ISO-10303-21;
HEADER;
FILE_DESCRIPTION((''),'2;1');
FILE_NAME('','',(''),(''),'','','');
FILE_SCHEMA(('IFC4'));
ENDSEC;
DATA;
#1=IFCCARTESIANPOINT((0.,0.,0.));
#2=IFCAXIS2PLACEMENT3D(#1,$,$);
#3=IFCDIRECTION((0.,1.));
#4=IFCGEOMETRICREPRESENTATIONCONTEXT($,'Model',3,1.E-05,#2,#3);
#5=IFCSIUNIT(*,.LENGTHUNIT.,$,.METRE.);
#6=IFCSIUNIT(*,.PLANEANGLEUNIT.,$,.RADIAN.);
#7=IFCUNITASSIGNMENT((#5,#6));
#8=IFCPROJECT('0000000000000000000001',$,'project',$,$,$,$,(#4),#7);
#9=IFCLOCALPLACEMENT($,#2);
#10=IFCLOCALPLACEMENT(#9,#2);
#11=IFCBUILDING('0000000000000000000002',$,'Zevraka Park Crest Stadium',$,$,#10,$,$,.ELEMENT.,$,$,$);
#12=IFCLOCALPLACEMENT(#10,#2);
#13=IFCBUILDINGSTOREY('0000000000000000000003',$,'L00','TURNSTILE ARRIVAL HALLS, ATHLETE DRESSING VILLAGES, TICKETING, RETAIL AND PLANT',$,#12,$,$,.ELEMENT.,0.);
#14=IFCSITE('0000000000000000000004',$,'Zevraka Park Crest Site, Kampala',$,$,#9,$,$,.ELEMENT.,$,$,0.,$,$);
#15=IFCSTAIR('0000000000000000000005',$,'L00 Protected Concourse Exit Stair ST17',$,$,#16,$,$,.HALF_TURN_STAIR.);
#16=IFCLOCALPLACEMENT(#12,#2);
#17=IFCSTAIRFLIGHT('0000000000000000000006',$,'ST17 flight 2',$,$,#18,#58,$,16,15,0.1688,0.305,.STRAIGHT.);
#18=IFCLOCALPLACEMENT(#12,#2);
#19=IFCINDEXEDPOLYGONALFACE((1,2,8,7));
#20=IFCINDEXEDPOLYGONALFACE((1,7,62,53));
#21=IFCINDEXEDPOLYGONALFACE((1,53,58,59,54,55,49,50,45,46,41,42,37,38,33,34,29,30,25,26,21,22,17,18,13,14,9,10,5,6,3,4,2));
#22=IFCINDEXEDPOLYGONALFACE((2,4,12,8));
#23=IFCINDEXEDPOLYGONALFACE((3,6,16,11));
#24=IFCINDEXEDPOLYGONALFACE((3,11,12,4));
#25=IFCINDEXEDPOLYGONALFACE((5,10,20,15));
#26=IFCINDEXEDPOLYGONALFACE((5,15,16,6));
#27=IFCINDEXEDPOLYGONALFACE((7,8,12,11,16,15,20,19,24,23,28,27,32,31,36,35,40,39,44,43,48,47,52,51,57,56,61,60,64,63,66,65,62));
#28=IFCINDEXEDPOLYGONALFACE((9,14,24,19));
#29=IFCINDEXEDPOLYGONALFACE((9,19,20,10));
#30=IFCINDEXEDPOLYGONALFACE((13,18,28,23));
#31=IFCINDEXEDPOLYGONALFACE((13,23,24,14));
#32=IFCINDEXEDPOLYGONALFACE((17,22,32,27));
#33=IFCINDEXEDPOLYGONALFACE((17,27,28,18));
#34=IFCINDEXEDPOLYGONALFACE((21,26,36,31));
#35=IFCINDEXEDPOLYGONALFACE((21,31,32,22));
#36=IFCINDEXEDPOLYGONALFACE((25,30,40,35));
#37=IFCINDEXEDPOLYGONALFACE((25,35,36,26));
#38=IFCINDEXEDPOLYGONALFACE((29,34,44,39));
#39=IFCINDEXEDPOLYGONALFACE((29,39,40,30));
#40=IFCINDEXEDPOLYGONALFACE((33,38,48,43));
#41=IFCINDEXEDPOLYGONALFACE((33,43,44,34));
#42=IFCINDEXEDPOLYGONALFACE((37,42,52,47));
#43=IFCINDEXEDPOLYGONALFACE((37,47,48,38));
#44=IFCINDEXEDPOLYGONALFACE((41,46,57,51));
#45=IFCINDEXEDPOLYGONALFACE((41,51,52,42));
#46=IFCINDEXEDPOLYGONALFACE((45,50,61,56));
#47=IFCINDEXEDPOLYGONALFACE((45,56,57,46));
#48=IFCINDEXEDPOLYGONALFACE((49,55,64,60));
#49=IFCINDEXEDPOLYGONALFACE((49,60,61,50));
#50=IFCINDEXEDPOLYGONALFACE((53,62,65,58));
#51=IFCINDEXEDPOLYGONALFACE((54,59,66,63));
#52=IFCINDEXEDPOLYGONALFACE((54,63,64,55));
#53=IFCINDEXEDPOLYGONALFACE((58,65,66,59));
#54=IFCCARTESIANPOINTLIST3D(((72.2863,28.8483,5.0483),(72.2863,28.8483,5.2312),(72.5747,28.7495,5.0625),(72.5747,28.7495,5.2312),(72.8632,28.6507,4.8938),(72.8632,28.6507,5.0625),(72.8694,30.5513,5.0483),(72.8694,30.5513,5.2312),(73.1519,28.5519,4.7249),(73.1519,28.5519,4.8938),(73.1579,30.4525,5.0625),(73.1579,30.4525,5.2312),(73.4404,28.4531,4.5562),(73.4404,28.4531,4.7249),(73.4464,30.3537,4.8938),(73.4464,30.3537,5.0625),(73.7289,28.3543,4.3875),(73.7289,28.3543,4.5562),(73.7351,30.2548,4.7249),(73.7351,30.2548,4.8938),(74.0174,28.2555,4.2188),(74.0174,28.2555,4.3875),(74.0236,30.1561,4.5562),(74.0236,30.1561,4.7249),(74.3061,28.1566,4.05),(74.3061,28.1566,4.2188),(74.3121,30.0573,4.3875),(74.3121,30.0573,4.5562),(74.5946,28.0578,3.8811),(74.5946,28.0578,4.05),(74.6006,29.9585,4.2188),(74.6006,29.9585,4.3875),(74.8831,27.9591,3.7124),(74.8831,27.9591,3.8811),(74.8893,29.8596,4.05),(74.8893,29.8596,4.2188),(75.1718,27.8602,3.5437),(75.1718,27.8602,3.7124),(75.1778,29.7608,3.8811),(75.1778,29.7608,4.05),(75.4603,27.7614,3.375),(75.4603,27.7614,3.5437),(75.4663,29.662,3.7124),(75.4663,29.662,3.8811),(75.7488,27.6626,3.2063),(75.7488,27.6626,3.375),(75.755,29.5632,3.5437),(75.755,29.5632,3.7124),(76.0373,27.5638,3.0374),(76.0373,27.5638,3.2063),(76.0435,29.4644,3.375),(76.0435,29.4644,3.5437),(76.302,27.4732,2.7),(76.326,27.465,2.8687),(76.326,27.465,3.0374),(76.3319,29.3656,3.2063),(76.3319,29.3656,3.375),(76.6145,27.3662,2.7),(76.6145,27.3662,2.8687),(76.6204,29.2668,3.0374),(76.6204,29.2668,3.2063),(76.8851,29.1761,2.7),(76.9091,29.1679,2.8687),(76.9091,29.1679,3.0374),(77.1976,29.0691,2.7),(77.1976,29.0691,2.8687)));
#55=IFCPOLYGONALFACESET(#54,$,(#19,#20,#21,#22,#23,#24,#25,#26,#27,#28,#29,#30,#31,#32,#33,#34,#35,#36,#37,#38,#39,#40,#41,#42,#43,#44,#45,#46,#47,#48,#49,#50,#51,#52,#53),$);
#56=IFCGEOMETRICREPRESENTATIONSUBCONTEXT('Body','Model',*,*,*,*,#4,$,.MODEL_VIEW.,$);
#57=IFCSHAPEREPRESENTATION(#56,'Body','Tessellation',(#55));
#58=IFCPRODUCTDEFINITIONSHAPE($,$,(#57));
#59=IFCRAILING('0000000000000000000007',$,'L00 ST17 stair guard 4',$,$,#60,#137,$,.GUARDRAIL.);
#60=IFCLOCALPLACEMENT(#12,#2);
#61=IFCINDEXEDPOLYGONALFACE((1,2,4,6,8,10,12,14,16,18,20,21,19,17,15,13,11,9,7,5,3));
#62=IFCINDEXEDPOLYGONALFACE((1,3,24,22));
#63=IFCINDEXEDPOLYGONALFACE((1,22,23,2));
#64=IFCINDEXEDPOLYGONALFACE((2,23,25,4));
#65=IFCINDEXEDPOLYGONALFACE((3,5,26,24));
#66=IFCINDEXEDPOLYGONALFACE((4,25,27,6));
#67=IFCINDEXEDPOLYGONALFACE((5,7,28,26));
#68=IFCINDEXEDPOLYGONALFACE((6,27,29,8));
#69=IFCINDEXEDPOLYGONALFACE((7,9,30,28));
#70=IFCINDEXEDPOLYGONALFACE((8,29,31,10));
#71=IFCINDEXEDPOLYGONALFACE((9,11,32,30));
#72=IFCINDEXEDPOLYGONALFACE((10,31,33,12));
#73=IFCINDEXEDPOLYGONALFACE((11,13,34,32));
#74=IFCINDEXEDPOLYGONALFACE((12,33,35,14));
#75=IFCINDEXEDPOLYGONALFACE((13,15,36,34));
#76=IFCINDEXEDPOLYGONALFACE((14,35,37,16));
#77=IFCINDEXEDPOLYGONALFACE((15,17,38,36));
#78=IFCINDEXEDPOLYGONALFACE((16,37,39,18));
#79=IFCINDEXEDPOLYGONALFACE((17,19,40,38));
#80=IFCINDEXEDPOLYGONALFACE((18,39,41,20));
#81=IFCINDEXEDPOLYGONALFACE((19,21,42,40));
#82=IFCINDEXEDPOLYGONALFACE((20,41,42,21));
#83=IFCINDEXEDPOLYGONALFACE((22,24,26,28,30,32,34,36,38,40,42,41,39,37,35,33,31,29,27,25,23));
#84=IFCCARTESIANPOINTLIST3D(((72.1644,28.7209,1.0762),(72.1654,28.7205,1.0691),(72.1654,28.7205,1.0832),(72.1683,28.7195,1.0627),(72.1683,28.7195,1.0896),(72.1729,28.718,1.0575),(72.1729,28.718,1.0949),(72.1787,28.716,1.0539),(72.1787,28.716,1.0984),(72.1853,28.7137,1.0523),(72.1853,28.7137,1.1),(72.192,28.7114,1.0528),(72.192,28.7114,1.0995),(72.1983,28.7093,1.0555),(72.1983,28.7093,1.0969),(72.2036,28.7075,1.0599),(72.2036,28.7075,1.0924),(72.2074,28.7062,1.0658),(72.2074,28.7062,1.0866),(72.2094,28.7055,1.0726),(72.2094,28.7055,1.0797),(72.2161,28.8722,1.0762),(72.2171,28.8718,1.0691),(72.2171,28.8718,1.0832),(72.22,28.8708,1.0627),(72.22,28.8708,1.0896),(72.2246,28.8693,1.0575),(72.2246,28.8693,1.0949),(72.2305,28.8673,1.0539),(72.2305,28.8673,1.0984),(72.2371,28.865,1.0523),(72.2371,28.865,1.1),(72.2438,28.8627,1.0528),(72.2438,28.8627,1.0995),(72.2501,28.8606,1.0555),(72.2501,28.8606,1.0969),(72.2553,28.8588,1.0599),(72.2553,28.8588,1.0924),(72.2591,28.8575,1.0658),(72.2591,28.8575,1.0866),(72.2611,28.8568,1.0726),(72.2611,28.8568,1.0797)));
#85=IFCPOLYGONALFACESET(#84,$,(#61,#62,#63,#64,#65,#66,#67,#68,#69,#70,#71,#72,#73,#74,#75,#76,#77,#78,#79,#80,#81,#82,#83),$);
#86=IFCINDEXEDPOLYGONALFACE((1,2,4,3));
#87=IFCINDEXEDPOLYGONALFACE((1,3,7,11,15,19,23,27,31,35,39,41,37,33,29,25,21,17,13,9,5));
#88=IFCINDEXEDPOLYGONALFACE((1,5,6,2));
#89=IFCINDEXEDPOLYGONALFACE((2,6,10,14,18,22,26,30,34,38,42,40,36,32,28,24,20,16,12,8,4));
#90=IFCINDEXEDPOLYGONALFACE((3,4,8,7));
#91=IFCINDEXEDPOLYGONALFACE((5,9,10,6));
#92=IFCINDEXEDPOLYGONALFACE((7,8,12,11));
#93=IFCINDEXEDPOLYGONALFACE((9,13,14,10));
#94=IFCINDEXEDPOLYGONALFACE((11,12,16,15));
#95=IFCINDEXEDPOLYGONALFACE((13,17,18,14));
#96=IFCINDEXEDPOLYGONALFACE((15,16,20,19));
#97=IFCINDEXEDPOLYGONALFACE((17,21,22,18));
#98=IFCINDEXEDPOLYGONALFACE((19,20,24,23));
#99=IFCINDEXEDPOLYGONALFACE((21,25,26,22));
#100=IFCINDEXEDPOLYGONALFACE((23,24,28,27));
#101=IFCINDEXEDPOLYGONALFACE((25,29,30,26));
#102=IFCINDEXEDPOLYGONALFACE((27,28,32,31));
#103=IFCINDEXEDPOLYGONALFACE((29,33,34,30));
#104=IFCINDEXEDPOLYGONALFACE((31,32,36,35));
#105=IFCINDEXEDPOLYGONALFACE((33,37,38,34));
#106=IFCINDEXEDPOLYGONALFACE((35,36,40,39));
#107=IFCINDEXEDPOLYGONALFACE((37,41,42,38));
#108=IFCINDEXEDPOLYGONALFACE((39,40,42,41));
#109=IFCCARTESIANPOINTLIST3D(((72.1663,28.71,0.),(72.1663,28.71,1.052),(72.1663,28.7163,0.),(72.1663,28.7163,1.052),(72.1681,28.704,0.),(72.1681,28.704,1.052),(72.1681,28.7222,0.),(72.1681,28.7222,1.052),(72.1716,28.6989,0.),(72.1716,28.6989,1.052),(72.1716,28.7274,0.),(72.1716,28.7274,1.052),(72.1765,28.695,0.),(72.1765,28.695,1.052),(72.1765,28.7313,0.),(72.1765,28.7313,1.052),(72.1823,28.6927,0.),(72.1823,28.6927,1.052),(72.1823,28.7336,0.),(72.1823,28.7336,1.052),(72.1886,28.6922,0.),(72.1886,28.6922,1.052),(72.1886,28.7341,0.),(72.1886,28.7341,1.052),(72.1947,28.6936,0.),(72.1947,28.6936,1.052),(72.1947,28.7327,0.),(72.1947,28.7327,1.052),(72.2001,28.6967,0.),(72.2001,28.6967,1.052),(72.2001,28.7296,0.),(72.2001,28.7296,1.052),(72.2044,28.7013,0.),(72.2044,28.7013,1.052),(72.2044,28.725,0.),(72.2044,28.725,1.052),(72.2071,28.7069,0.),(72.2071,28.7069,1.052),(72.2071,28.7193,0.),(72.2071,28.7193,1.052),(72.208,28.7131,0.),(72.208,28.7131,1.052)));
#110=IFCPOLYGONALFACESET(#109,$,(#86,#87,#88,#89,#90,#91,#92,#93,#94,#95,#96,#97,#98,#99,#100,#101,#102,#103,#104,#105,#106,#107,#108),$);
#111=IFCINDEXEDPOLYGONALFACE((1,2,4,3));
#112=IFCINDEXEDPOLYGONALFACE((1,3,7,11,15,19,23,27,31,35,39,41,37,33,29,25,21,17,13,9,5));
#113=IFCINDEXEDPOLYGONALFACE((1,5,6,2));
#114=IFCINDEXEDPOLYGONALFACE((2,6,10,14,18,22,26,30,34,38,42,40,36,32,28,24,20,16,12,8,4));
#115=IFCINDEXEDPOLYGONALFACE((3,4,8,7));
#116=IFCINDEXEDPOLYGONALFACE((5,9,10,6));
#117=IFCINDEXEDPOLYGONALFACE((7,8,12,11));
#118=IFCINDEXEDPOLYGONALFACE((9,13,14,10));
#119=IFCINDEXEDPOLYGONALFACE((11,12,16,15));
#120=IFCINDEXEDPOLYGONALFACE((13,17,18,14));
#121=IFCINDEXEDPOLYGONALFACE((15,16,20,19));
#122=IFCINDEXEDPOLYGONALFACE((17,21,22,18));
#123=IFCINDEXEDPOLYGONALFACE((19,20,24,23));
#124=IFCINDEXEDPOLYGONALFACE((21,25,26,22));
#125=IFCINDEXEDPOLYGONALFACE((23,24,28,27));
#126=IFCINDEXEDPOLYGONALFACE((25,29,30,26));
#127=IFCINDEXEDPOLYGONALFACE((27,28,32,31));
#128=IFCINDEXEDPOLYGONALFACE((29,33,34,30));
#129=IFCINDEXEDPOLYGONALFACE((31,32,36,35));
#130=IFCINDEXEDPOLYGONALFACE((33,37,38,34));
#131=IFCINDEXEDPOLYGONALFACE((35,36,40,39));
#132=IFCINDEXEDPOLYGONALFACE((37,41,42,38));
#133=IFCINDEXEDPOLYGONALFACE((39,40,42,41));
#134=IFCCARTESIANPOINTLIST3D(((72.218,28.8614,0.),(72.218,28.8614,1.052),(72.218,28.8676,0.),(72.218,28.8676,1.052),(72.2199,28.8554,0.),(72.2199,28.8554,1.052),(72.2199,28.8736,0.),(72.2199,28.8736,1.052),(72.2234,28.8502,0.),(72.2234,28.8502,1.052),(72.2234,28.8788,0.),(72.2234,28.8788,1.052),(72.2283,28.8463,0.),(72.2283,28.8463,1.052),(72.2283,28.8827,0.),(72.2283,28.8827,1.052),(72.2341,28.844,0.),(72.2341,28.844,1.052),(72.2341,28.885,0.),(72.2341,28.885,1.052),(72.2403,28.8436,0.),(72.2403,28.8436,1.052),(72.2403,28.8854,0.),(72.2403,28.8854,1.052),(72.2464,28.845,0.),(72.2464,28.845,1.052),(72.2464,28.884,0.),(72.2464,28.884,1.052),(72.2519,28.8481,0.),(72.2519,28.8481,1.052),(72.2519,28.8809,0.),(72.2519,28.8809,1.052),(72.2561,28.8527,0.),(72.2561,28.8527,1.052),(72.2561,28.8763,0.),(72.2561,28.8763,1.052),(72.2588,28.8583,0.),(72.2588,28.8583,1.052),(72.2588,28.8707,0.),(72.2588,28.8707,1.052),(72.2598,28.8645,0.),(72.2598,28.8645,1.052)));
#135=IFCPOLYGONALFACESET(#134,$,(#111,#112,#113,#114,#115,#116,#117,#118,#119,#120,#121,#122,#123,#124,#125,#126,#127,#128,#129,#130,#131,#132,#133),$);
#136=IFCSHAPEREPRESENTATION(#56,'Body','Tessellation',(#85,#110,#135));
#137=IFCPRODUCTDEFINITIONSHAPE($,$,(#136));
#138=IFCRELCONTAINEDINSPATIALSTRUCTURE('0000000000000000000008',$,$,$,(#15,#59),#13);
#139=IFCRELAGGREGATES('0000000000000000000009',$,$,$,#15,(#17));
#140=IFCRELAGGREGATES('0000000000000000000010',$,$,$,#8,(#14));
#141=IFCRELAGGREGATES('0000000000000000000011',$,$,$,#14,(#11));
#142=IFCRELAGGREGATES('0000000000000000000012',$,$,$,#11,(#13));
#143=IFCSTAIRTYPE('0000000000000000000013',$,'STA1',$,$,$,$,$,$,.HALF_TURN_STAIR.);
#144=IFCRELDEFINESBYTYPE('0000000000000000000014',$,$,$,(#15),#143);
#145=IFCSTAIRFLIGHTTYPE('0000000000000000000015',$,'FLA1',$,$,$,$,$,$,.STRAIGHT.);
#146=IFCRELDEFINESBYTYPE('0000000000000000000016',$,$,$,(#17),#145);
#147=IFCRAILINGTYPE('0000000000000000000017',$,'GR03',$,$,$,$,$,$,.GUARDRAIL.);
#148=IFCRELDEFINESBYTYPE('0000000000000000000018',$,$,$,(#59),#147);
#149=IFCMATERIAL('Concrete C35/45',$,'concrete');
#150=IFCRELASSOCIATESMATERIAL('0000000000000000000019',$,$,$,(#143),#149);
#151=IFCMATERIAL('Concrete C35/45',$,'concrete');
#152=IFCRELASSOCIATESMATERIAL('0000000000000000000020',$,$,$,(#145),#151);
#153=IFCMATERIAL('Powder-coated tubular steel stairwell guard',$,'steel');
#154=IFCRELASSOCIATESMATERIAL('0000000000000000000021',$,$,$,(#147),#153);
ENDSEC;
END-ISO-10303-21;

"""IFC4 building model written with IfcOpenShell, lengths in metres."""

from ifc_helpers import new_model, si_unit, direction, frame, origin, origin_2d, place, context, subcontext, project, spatial, polyline, circle, outline, extrude, material, type_object, element, aggregate, save


model = new_model("IFC4")

# Units and contexts
model_context = context("Model", 3, precision=1e-05, world=origin(), true_north=direction((0.0, 1.0)))
body_context = subcontext(model_context, "Body", "Model", "MODEL_VIEW")
ifc_project = project(units=[si_unit("LENGTHUNIT", "METRE"), si_unit("PLANEANGLEUNIT", "RADIAN")], contexts=[model_context])

# Site, building, storey
site_placement = place(None, origin())
site = spatial("IfcSite", under=ifc_project, at=site_placement, Name="Zevraka Park Crest Site, Kampala", CompositionType="ELEMENT", RefElevation=0.0)
building_placement = place(site_placement, origin())
building = spatial("IfcBuilding", under=site, at=building_placement, Name="Zevraka Park Crest Stadium", CompositionType="ELEMENT")
storey_placement = place(building_placement, origin())
storey = spatial("IfcBuildingStorey", under=building, at=storey_placement, Name="L00", Description="TURNSTILE ARRIVAL HALLS, ATHLETE DRESSING VILLAGES, TICKETING, RETAIL AND PLANT", CompositionType="ELEMENT", Elevation=0.0)

# Stair, stair flight
ifc_material_1 = material(Name="Concrete C35/45", Category="concrete")
stair_type = type_object("IfcStairType", Name="STA1", PredefinedType="HALF_TURN_STAIR", material=ifc_material_1)
stair_placement = place(storey_placement, origin())
stair = element("IfcStair", 1, at=stair_placement, inside=storey, type_object=stair_type, Name="L00 Protected Concourse Exit Stair ST17", PredefinedType="HALF_TURN_STAIR")
ifc_material_2 = material(Name="Concrete C35/45", Category="concrete")
stair_flight_type = type_object("IfcStairFlightType", Name="FLA1", PredefinedType="STRAIGHT", material=ifc_material_2)
stair_flight_placement = place(storey_placement, frame((76.906, 28.2175, 2.7), z_axis=(0.0, 0.0, 1.0), x_axis=(-0.946066, 0.323974, 0.0)))
stair_flight = element("IfcStairFlight", 2, at=stair_flight_placement, type_object=stair_flight_type, Name="ST17 flight 2", NumberOfRisers=16, NumberOfTreads=15, PredefinedType="STRAIGHT", RiserHeight=0.1688, TreadLength=0.305, context=body_context, shape_type="SweptSolid", body=[
    extrude(outline(polyline([(0.0, 0.0), (0.0, 0.1687), (0.3049, 0.1687), (0.3049, 0.3374), (0.6101, 0.3374), (0.6101, 0.5063), (0.915, 0.5063), (0.915, 0.675), (1.22, 0.675), (1.22, 0.8438), (1.5249, 0.8438), (1.5249, 1.0125), (1.8301, 1.0125), (1.8301, 1.1812), (2.135, 1.1812), (2.135, 1.3501), (2.4399, 1.3501), (2.4399, 1.5188), (2.7451, 1.5188), (2.7451, 1.6875), (3.05, 1.6875), (3.05, 1.8562), (3.355, 1.8562), (3.355, 2.0249), (3.6599, 2.0249), (3.6599, 2.1938), (3.9651, 2.1938), (3.9651, 2.3625), (4.27, 2.3625), (4.27, 2.5312), (4.575, 2.5312), (4.575, 2.7), (4.575, 2.3484), (0.3303, 0.0), (0.0, 0.0)])), frame((0.0, 0.8999, 0.0), z_axis=(0.0, -1.0, 0.0), x_axis=(1.0, 0.0, 0.0)), (0.0, 0.0, 1.0), 1.8),
])
aggregate(stair, [stair_flight])

# Railing
ifc_material_3 = material(Name="Powder-coated tubular steel stairwell guard", Category="steel")
railing_type_1 = type_object("IfcRailingType", Name="GR03", PredefinedType="GUARDRAIL", material=ifc_material_3)
railing_1_placement = place(storey_placement, frame((72.187, 28.7131, 0.0)))
element("IfcRailing", 3, at=railing_1_placement, inside=storey, type_object=railing_type_1, Name="L00 ST17 stair guard 4", PredefinedType="GUARDRAIL", context=body_context, shape_type="SweptSolid", body=[
    extrude(circle(Radius=0.0239, at=origin_2d()), frame((0.0, 0.0, 1.0762), z_axis=(0.323544, 0.946213, 0.0), x_axis=(-0.946213, 0.323544, 0.0)), (0.0, 0.0, 1.0), 0.1599),
    extrude(circle(Radius=0.021, at=origin_2d()), origin(), (0.0, 0.0, 1.0), 1.052),
    extrude(circle(Radius=0.021, at=origin_2d()), frame((0.0518, 0.1514, 0.0)), (0.0, 0.0, 1.0), 1.052),
])

save(model, "model.ifc")
